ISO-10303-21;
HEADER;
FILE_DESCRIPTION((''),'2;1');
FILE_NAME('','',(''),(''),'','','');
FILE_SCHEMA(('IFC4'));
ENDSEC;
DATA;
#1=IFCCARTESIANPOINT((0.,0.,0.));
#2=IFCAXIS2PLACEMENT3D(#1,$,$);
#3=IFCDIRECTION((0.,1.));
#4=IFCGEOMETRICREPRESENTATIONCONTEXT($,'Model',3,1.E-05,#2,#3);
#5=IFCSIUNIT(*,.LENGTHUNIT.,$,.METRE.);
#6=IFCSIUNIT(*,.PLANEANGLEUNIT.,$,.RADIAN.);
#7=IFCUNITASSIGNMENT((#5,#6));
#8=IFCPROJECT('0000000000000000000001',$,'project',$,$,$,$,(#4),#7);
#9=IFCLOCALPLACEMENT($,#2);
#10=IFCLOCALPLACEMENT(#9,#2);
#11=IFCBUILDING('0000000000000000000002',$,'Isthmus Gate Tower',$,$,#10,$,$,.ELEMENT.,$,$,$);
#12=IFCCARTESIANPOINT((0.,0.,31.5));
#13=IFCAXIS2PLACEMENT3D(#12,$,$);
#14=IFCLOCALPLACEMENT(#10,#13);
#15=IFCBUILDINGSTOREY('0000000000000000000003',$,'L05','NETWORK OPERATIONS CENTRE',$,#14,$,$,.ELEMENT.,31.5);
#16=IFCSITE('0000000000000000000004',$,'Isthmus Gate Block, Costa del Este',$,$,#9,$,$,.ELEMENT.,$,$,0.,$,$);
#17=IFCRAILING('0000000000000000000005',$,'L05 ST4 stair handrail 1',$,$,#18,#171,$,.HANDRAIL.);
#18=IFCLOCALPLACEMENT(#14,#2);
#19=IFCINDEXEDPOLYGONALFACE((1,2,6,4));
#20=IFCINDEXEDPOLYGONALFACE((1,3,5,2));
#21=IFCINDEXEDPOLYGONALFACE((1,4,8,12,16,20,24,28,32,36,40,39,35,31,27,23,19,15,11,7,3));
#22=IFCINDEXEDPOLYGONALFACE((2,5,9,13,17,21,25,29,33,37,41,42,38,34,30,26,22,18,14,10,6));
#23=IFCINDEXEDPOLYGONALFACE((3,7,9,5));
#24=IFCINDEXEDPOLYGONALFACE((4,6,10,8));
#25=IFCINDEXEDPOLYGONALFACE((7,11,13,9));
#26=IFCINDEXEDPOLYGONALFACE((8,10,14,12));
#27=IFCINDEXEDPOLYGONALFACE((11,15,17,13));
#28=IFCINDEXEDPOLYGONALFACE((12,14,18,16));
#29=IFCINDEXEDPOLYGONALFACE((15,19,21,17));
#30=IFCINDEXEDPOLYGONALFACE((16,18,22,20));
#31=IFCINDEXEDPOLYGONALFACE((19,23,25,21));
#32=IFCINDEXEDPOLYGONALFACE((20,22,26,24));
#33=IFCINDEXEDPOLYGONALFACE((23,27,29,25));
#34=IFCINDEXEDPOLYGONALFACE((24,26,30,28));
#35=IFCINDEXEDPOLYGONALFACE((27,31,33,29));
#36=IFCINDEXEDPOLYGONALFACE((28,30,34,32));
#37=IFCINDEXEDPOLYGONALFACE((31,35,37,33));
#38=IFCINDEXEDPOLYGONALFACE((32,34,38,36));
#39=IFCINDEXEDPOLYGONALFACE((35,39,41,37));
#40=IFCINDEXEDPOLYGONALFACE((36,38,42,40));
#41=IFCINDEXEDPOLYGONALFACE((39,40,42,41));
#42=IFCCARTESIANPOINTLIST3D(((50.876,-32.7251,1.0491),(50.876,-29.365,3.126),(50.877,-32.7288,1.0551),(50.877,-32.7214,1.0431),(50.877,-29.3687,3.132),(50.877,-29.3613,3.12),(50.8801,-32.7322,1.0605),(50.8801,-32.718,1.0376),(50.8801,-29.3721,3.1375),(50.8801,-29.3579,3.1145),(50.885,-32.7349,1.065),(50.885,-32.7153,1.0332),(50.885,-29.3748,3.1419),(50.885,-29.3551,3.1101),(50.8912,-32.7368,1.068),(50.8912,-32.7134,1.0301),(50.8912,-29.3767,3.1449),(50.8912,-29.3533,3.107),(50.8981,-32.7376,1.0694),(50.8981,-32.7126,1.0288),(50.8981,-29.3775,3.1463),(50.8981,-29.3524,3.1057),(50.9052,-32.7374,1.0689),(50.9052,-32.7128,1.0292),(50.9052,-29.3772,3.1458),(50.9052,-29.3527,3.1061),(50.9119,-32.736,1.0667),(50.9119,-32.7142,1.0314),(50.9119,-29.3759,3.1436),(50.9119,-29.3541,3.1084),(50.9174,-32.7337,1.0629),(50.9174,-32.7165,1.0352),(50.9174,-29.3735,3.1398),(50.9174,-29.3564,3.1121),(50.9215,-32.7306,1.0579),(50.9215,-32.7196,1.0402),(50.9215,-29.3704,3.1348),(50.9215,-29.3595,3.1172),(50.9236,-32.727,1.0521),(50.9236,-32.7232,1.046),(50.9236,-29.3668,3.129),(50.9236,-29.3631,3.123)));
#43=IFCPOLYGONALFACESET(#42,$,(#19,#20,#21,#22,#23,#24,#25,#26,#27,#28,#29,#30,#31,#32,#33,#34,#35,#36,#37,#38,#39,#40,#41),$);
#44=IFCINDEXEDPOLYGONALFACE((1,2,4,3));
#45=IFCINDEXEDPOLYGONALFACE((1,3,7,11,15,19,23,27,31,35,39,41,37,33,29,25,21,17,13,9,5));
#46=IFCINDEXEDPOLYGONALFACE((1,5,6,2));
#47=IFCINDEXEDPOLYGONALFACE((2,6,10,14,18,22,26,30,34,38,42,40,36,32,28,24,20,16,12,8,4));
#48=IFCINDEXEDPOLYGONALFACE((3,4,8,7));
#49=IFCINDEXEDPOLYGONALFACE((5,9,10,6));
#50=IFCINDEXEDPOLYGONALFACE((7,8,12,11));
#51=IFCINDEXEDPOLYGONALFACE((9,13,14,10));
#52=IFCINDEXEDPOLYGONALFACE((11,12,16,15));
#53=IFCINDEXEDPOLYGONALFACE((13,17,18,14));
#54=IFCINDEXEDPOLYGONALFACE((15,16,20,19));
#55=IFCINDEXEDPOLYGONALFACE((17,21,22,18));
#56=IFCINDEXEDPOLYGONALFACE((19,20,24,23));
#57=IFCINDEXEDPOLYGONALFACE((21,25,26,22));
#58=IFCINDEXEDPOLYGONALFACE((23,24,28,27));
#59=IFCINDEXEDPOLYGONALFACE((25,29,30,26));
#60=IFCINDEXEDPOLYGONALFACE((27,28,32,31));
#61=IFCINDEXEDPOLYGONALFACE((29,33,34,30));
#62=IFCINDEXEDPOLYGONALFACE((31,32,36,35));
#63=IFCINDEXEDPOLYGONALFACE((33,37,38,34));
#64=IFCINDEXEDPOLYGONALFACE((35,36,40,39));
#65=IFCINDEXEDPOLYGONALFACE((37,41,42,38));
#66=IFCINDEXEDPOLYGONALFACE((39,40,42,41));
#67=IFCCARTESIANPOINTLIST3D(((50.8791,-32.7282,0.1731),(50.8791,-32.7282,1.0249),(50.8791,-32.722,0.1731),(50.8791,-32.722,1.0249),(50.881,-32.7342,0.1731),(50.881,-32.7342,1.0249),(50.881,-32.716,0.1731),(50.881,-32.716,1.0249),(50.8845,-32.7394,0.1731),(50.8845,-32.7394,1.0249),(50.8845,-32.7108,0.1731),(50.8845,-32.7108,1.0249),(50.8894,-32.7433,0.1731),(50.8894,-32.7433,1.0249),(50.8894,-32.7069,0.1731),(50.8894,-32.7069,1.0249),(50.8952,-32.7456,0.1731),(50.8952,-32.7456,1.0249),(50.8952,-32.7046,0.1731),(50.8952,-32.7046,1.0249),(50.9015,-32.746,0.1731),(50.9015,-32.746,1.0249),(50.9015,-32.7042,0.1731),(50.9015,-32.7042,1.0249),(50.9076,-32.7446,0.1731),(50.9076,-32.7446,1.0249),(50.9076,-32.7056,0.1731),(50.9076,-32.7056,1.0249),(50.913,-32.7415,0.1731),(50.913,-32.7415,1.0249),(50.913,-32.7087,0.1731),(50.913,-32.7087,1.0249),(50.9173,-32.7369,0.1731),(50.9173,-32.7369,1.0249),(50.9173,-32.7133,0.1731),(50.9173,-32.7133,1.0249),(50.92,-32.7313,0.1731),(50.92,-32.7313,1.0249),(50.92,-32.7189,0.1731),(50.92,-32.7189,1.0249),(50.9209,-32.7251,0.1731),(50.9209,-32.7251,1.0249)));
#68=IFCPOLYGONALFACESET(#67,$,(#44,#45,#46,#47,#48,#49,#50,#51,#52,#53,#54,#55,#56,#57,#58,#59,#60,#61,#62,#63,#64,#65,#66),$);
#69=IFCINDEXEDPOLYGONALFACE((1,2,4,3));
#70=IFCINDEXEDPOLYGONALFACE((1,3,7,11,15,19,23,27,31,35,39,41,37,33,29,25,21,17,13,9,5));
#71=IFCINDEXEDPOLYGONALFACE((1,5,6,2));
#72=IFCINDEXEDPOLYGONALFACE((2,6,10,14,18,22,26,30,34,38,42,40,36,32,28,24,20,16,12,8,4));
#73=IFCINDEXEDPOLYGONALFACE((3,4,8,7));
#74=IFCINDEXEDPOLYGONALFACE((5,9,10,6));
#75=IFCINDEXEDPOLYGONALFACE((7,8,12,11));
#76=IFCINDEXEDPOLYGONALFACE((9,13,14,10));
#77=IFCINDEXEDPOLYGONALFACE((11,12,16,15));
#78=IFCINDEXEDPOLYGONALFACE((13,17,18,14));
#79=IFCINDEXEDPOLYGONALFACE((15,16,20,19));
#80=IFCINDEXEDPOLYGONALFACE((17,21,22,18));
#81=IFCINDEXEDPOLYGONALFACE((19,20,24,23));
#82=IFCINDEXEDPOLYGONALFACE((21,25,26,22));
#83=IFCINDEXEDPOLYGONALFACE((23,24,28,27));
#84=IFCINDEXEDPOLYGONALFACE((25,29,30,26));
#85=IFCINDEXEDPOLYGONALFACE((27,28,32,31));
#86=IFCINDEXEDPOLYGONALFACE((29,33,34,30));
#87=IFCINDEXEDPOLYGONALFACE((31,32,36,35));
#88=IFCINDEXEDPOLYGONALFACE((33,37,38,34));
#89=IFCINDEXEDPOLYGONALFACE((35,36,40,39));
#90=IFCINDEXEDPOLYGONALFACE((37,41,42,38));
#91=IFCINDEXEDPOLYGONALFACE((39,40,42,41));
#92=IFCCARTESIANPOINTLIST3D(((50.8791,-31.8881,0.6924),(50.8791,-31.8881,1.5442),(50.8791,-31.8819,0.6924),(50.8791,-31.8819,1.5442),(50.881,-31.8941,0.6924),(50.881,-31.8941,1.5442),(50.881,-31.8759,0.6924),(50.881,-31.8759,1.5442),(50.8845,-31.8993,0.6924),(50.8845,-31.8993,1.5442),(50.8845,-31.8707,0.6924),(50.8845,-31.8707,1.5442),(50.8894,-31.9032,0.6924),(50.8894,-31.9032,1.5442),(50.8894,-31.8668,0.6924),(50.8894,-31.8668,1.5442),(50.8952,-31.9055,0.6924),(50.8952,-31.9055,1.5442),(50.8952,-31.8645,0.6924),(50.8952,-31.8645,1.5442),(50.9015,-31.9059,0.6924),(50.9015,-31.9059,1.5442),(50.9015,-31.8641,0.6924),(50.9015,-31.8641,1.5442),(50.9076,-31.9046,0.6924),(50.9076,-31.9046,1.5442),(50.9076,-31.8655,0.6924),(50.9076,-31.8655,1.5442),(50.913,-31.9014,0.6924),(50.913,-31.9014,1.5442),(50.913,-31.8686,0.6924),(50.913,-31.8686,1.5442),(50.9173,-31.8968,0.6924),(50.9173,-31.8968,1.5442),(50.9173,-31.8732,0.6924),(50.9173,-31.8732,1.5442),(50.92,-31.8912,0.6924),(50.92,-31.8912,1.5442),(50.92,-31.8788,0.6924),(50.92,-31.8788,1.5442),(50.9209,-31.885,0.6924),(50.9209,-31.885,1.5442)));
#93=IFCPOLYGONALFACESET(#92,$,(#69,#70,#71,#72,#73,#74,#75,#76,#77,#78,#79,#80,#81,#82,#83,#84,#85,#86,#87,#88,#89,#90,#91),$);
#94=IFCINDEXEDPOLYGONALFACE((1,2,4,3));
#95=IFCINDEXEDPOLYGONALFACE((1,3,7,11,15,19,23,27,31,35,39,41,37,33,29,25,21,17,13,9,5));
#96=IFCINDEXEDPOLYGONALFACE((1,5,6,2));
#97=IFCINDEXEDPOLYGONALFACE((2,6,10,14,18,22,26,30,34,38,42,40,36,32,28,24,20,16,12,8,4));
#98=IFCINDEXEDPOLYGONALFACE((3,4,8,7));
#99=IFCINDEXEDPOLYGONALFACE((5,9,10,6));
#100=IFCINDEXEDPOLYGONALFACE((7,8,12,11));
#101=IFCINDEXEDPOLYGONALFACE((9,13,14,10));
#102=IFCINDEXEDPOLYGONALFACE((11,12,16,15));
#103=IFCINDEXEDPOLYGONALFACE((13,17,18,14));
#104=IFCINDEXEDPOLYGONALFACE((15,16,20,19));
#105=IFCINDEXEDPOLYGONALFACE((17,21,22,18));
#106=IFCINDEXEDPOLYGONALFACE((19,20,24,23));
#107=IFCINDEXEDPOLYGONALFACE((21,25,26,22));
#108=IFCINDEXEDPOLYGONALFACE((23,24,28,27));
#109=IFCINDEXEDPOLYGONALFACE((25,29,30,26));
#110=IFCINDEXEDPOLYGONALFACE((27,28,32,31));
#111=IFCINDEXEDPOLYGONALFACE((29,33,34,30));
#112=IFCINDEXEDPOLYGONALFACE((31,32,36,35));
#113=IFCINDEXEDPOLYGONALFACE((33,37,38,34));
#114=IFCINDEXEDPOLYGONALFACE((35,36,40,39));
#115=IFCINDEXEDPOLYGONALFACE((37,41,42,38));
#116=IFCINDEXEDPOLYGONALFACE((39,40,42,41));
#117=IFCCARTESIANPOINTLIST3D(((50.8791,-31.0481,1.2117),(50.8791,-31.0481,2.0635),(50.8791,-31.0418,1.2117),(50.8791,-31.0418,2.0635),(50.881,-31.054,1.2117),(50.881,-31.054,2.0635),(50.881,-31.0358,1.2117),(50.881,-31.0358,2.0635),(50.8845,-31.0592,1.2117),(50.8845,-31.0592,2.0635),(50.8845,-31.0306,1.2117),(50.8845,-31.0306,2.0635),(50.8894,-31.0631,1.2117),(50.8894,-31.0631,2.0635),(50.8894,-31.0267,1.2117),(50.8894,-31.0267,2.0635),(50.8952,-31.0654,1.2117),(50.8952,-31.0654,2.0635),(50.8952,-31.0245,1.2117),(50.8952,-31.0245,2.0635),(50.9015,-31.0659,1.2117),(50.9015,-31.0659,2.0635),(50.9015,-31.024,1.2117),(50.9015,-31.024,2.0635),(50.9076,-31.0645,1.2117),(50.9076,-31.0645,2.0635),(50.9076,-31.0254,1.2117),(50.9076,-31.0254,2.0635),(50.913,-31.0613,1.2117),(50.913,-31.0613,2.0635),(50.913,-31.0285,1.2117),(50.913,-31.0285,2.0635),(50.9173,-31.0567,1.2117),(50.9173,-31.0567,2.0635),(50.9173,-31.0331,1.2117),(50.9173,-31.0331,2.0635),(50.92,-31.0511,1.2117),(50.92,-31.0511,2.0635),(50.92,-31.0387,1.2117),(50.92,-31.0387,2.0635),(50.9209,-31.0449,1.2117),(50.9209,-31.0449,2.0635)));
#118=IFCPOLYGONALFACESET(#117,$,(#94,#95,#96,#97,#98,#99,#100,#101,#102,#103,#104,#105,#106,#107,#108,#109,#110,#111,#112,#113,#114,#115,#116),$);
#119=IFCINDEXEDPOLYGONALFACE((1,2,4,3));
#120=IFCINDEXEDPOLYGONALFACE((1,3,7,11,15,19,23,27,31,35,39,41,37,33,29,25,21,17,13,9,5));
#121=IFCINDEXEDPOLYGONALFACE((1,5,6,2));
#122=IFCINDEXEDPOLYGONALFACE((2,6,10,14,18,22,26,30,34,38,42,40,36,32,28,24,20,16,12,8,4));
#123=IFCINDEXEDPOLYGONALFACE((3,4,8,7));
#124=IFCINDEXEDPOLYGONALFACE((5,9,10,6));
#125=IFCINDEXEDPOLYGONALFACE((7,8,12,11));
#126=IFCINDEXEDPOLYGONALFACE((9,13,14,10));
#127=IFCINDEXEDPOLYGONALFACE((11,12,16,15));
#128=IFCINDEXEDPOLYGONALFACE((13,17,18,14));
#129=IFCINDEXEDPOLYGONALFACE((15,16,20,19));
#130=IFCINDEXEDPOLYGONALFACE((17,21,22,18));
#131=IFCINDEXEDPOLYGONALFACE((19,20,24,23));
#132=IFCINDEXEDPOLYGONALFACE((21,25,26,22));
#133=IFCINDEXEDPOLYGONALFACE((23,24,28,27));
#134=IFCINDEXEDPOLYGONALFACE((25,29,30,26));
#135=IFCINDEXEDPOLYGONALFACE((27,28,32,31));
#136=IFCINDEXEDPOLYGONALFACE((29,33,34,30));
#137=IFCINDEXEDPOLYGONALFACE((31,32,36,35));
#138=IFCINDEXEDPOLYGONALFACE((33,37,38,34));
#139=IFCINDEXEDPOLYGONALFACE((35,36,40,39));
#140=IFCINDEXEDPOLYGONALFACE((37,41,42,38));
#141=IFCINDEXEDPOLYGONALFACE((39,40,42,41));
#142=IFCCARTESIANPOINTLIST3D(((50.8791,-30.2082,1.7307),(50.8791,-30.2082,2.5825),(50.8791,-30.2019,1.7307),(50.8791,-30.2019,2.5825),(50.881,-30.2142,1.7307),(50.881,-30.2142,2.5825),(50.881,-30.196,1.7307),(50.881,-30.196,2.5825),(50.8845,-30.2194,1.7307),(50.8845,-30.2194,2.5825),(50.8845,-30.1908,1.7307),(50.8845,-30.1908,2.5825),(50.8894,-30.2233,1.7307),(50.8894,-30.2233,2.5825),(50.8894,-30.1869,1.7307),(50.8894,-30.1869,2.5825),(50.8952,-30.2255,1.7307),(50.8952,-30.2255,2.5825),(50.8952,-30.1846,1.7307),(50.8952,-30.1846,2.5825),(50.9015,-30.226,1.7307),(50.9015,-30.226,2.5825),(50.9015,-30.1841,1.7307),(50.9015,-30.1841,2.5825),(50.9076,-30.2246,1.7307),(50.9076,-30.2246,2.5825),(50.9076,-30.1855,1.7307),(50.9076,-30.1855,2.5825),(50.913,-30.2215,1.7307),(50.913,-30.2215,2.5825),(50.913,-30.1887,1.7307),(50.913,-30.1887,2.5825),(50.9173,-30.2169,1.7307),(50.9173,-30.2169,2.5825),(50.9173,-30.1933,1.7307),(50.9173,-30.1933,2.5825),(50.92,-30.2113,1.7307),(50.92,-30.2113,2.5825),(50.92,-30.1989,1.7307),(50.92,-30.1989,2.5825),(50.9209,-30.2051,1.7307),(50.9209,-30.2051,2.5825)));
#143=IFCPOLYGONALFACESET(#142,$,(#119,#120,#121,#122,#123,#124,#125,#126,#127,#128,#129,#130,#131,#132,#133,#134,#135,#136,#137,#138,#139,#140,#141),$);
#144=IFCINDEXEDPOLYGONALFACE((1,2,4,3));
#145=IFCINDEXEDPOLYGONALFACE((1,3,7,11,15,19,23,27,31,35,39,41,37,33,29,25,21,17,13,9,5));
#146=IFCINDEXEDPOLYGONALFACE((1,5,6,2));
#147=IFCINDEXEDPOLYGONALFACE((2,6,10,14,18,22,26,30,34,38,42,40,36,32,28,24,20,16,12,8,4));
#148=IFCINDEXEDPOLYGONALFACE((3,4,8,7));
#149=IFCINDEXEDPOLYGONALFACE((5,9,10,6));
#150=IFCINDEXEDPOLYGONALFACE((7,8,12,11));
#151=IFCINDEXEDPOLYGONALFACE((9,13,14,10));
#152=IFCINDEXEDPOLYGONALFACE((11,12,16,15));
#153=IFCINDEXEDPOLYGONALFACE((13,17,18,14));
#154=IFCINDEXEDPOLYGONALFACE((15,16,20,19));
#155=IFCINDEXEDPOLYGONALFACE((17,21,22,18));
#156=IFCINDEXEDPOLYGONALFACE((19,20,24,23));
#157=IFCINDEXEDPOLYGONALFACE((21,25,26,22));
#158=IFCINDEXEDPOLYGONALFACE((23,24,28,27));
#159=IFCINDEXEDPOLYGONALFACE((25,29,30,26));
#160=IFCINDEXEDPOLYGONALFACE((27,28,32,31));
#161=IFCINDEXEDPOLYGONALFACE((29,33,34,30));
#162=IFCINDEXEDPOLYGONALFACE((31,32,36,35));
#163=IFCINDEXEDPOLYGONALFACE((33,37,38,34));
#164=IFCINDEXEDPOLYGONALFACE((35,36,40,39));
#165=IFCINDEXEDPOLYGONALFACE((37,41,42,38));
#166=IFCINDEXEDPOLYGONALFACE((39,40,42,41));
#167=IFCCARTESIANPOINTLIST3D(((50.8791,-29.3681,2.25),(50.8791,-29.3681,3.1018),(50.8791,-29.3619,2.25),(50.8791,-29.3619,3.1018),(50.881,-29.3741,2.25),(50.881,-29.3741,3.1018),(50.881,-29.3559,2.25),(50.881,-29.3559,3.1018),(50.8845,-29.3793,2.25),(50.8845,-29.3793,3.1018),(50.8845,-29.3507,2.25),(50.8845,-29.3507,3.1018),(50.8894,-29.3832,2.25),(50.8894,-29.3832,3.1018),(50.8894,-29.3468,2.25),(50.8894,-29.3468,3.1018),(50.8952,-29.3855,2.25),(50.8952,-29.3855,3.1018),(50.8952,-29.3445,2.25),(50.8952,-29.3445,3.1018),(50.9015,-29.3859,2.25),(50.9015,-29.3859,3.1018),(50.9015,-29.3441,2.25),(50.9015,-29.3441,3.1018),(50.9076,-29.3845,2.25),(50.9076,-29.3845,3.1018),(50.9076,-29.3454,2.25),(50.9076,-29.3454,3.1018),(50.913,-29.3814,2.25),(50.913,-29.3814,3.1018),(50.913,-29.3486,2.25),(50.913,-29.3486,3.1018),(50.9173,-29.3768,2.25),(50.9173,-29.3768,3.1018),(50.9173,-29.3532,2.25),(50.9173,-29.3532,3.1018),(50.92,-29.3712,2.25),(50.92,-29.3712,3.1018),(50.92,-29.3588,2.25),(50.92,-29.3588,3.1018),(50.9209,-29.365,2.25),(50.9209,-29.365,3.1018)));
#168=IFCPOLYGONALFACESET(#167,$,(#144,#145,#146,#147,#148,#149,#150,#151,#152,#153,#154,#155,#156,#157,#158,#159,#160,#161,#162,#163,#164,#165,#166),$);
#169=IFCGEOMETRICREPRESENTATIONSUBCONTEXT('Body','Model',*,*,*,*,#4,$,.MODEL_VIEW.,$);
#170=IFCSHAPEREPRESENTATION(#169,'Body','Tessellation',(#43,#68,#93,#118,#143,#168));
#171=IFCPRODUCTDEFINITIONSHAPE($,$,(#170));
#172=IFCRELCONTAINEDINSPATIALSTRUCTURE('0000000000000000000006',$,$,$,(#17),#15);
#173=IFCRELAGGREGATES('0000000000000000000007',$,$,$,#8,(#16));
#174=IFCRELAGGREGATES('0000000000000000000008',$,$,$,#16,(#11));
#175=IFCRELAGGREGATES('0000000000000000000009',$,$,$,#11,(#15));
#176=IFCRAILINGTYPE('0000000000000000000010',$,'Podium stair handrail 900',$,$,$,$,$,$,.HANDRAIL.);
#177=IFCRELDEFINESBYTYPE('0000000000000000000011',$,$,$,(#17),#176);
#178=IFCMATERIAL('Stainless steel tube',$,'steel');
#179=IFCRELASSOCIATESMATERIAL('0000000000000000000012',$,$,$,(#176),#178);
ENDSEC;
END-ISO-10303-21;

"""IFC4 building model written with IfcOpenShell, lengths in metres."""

from ifc_helpers import new_model, si_unit, direction, frame, origin, origin_2d, place, context, subcontext, project, spatial, circle, extrude, material, type_object, element, save


model = new_model("IFC4")

# Units and contexts
model_context = context("Model", 3, precision=1e-05, world=origin(), true_north=direction((0.0, 1.0)))
body_context = subcontext(model_context, "Body", "Model", "MODEL_VIEW")
ifc_project = project(units=[si_unit("LENGTHUNIT", "METRE"), si_unit("PLANEANGLEUNIT", "RADIAN")], contexts=[model_context])

# Site, building, storey
site_placement = place(None, origin())
site = spatial("IfcSite", under=ifc_project, at=site_placement, Name="Isthmus Gate Block, Costa del Este", CompositionType="ELEMENT", RefElevation=0.0)
building_placement = place(site_placement, origin())
building = spatial("IfcBuilding", under=site, at=building_placement, Name="Isthmus Gate Tower", CompositionType="ELEMENT")
storey_placement = place(building_placement, frame((0.0, 0.0, 31.5)))
storey = spatial("IfcBuildingStorey", under=building, at=storey_placement, Name="L05", Description="NETWORK OPERATIONS CENTRE", CompositionType="ELEMENT", Elevation=31.5)

# Railing
ifc_material_1 = material(Name="Stainless steel tube", Category="steel")
railing_type_1 = type_object("IfcRailingType", Name="Podium stair handrail 900", PredefinedType="HANDRAIL", material=ifc_material_1)
railing_1_placement = place(storey_placement, frame((50.8999, -32.7251, 0.1731)))
element("IfcRailing", 1, at=railing_1_placement, inside=storey, type_object=railing_type_1, Name="L05 ST4 stair handrail 1", PredefinedType="HANDRAIL", context=body_context, shape_type="SweptSolid", body=[
    extrude(circle(Radius=0.0239, at=origin_2d()), frame((0.0, 0.0, 0.876), z_axis=(0.0, 0.850623, 0.525776), x_axis=(-1.0, 0.0, 0.0)), (0.0, 0.0, 1.0), 3.9502),
    extrude(circle(Radius=0.021, at=origin_2d()), origin(), (0.0, 0.0, 1.0), 0.8518),
    extrude(circle(Radius=0.021, at=origin_2d()), frame((0.0, 0.8401, 0.5193)), (0.0, 0.0, 1.0), 0.8518),
    extrude(circle(Radius=0.021, at=origin_2d()), frame((0.0, 1.6802, 1.0386)), (0.0, 0.0, 1.0), 0.8518),
    extrude(circle(Radius=0.021, at=origin_2d()), frame((0.0, 2.52, 1.5576)), (0.0, 0.0, 1.0), 0.8518),
    extrude(circle(Radius=0.021, at=origin_2d()), frame((0.0, 3.3601, 2.0769)), (0.0, 0.0, 1.0), 0.8518),
])

save(model, "model.ifc")
